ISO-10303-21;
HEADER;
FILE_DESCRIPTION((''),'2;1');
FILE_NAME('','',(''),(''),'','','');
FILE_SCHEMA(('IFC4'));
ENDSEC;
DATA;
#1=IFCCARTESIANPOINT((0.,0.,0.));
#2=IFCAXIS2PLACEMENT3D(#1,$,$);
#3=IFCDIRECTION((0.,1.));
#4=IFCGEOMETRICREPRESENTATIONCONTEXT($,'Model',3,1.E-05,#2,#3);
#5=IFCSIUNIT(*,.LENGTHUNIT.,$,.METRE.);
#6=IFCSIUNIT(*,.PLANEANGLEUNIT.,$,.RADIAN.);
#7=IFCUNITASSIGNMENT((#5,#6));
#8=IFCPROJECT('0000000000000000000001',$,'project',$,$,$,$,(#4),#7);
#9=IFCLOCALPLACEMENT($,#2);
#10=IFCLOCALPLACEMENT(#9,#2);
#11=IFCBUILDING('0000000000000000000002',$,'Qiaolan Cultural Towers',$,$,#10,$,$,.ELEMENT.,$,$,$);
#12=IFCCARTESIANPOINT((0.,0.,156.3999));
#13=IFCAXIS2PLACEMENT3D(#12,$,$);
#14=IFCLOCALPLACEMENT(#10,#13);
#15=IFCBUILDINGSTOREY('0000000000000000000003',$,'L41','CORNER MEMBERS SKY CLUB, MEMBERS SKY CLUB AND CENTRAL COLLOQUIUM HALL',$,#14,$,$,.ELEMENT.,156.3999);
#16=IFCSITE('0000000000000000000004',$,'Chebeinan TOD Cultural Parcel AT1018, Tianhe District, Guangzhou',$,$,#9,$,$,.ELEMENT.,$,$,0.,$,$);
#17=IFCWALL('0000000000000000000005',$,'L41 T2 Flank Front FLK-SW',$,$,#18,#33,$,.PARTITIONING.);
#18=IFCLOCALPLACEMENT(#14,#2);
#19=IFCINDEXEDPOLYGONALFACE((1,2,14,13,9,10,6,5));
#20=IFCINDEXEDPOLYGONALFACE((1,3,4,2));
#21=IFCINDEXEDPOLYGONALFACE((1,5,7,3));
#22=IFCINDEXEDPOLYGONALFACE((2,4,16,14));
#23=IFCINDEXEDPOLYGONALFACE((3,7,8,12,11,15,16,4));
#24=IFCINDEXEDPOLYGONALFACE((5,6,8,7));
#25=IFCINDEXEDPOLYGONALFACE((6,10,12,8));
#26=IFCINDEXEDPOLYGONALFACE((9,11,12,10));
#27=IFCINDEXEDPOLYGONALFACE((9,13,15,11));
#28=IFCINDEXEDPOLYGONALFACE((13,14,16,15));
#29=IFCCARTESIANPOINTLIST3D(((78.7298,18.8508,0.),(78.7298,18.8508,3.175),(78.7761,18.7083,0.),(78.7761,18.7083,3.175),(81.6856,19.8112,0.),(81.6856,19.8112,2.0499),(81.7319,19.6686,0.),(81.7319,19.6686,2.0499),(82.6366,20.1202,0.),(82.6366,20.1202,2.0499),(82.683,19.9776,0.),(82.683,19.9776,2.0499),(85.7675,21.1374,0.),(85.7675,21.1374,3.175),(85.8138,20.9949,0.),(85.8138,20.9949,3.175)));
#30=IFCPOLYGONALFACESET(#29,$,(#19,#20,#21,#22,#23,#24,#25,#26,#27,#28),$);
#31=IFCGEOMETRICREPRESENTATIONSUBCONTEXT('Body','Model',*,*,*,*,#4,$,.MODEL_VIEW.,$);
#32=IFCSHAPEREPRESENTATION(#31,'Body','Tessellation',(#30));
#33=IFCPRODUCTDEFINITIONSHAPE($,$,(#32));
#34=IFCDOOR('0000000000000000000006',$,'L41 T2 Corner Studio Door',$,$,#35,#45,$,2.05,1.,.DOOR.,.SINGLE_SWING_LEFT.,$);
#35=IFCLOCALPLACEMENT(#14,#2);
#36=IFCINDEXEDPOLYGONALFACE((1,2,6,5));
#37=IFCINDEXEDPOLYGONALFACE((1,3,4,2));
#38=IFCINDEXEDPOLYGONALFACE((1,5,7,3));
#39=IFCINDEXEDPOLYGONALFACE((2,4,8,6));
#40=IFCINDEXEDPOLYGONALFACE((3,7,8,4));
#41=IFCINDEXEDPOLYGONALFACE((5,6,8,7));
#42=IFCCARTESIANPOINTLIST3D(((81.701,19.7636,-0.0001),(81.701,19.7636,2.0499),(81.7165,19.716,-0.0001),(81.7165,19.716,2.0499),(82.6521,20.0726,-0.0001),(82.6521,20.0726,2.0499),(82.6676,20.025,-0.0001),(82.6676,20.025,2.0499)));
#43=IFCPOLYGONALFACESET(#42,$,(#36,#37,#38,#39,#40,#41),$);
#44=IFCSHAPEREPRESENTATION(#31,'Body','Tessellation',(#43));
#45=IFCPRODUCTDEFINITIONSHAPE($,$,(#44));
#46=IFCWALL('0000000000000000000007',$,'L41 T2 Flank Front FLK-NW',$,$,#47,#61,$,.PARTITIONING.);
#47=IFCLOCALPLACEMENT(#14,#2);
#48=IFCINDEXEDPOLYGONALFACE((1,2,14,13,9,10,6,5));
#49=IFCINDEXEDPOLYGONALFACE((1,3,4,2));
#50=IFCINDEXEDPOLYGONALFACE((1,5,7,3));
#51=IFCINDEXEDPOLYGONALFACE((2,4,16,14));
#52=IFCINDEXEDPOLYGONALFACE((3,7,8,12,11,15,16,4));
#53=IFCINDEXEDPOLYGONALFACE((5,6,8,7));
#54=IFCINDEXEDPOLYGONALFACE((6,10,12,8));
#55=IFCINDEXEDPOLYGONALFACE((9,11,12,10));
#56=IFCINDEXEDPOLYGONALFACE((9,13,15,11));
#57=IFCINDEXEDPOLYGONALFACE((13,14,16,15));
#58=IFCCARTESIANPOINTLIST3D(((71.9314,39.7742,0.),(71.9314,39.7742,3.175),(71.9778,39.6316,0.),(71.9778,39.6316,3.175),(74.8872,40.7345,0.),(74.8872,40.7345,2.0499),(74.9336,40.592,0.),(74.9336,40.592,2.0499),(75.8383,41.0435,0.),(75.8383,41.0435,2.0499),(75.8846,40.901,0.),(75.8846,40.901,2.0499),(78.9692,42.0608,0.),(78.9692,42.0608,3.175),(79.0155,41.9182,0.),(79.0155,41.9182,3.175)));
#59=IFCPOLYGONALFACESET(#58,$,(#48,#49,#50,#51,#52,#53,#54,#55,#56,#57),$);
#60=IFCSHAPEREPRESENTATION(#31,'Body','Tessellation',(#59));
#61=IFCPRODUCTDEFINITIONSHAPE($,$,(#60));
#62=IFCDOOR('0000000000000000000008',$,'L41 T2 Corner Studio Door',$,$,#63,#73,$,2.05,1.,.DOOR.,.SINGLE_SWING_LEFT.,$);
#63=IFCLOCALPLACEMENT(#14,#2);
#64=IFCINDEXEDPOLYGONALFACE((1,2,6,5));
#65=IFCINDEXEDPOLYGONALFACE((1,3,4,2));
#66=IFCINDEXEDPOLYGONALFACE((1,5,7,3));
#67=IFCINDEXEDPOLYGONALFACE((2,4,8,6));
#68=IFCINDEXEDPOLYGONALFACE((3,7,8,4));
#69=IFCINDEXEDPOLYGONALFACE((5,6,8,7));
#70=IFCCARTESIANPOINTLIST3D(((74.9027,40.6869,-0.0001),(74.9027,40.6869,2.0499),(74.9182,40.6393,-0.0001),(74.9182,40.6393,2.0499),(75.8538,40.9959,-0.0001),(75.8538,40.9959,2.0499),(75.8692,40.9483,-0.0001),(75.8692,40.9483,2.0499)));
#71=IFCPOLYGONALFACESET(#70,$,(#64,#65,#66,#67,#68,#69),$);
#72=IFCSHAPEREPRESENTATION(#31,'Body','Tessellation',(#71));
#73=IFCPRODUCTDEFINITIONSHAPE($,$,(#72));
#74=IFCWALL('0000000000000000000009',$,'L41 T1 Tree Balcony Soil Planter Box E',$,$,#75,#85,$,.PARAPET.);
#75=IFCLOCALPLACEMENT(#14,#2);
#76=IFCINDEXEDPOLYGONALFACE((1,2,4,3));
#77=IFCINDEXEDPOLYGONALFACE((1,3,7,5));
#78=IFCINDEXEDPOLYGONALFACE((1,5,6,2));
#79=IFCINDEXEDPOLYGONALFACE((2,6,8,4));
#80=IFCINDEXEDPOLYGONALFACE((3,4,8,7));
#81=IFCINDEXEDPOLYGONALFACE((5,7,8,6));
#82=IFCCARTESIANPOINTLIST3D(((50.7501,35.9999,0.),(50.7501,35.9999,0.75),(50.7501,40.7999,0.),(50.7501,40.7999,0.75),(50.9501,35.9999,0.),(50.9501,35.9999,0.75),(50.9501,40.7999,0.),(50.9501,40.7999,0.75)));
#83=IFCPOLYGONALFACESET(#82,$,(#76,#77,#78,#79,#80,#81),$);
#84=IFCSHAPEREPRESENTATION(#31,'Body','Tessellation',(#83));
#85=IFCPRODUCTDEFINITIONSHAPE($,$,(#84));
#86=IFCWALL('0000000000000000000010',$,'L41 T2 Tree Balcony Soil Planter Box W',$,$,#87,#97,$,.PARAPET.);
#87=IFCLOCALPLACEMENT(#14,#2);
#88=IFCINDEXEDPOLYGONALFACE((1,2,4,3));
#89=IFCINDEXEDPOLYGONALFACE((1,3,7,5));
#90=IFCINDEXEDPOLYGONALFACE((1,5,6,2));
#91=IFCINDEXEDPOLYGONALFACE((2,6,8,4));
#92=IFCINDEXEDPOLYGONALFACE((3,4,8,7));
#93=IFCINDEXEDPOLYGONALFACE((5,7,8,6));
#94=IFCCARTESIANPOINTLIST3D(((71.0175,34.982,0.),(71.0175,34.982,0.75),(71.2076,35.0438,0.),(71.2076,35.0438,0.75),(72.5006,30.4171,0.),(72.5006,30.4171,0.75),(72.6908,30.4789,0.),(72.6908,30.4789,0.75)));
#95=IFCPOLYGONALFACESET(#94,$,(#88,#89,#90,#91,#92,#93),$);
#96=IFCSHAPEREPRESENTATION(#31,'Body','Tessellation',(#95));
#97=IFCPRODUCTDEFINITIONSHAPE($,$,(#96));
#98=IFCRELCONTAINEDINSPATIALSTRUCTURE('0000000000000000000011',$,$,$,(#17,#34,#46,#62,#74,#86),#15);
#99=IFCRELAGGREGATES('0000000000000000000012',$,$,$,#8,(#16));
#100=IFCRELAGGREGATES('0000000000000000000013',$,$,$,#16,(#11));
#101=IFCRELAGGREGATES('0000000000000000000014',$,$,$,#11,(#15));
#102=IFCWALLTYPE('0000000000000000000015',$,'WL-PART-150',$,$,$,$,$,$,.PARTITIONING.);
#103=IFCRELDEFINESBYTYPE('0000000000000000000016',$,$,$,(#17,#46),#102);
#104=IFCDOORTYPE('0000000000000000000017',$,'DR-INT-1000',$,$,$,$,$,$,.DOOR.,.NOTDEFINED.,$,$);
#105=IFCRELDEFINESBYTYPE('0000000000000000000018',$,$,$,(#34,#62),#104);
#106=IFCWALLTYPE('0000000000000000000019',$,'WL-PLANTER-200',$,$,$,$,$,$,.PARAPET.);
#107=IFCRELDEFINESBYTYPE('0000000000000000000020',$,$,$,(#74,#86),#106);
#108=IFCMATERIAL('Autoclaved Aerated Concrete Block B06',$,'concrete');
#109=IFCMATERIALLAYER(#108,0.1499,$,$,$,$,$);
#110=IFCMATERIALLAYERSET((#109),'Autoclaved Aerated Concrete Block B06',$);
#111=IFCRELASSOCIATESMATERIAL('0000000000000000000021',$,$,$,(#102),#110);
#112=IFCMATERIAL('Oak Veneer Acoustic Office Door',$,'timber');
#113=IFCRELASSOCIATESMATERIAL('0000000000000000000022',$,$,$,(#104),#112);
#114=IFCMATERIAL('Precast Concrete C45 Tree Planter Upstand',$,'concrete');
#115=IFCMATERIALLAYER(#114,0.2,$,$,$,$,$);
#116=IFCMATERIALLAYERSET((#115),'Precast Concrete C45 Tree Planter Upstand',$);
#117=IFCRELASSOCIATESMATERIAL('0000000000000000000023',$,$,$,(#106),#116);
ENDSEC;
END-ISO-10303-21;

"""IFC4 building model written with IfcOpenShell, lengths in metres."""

from ifc_helpers import new_model, si_unit, direction, frame, frame_2d, origin, place, context, subcontext, project, spatial, rectangle, extrude, material, layer, layer_set, type_object, element, fill, save


model = new_model("IFC4")

# Units and contexts
model_context = context("Model", 3, precision=1e-05, world=origin(), true_north=direction((0.0, 1.0)))
body_context = subcontext(model_context, "Body", "Model", "MODEL_VIEW")
ifc_project = project(units=[si_unit("LENGTHUNIT", "METRE"), si_unit("PLANEANGLEUNIT", "RADIAN")], contexts=[model_context])

# Site, building, storey
site_placement = place(None, origin())
site = spatial("IfcSite", under=ifc_project, at=site_placement, Name="Chebeinan TOD Cultural Parcel AT1018, Tianhe District, Guangzhou", CompositionType="ELEMENT", RefElevation=0.0)
building_placement = place(site_placement, origin())
building = spatial("IfcBuilding", under=site, at=building_placement, Name="Qiaolan Cultural Towers", CompositionType="ELEMENT")
storey_placement = place(building_placement, frame((0.0, 0.0, 156.3999)))
storey = spatial("IfcBuildingStorey", under=building, at=storey_placement, Name="L41", Description="CORNER MEMBERS SKY CLUB, MEMBERS SKY CLUB AND CENTRAL COLLOQUIUM HALL", CompositionType="ELEMENT", Elevation=156.3999)

# Shared definitions
ifc_material_1 = material(Name="Autoclaved Aerated Concrete Block B06", Category="concrete")
ifc_layer_1 = layer(ifc_material_1, 0.1499)
ifc_layer_set_1 = layer_set([ifc_layer_1], Name="Autoclaved Aerated Concrete Block B06")
wall_type_1 = type_object("IfcWallType", Name="WL-PART-150", PredefinedType="PARTITIONING", material=ifc_layer_set_1)

# Walls, openings, doors
wall_1_placement = place(storey_placement, frame((78.7529, 18.7795, 0.0), z_axis=(0.0, 0.0, 1.0), x_axis=(0.951061, 0.309003, 0.0)))
wall_1 = element("IfcWall", 1, at=wall_1_placement, inside=storey, type_object=wall_type_1, Name="L41 T2 Flank Front FLK-SW", PredefinedType="PARTITIONING", context=body_context, shape_type="SweptSolid", body=[
    extrude(rectangle(XDim=7.3999, YDim=0.1499, at=frame_2d((3.7, 0.0))), origin(), (0.0, 0.0, 1.0), 3.175),
])
opening_1_placement = place(wall_1_placement, frame((3.1079, 0.0, 0.0)))
opening_1 = element("IfcOpeningElement", 2, at=opening_1_placement, cuts=wall_1, PredefinedType="OPENING", context=body_context, shape_type="SweptSolid", body=[
    extrude(rectangle(XDim=1.0, YDim=2.05, at=frame_2d((0.5, 1.0249))), frame((0.0, 0.085, 0.0), z_axis=(0.0, -1.0, 0.0), x_axis=(1.0, 0.0, 0.0)), (0.0, 0.0, 1.0), 0.1699),
])
ifc_material_2 = material(Name="Oak Veneer Acoustic Office Door", Category="timber")
door_type_1 = type_object("IfcDoorType", Name="DR-INT-1000", OperationType="NOTDEFINED", PredefinedType="DOOR", material=ifc_material_2)
door_1_placement = place(opening_1_placement, origin())
door_1 = element("IfcDoor", 3, at=door_1_placement, inside=storey, type_object=door_type_1, Name="L41 T2 Corner Studio Door", OperationType="SINGLE_SWING_LEFT", OverallHeight=2.05, OverallWidth=1.0, PredefinedType="DOOR", context=body_context, shape_type="SweptSolid", body=[
    extrude(rectangle(XDim=1.0, YDim=2.05, at=frame_2d((0.5, 1.0249))), frame((0.0, 0.0249, 0.0), z_axis=(0.0, -1.0, 0.0), x_axis=(1.0, 0.0, 0.0)), (0.0, 0.0, 1.0), 0.05),
])
fill(opening_1, door_1)
wall_2_placement = place(storey_placement, frame((71.9546, 39.7029, 0.0), z_axis=(0.0, 0.0, 1.0), x_axis=(0.951061, 0.309003, 0.0)))
wall_2 = element("IfcWall", 4, at=wall_2_placement, inside=storey, type_object=wall_type_1, Name="L41 T2 Flank Front FLK-NW", PredefinedType="PARTITIONING", context=body_context, shape_type="SweptSolid", body=[
    extrude(rectangle(XDim=7.3999, YDim=0.1499, at=frame_2d((3.7, 0.0))), origin(), (0.0, 0.0, 1.0), 3.175),
])
opening_2_placement = place(wall_2_placement, frame((3.1079, 0.0, 0.0)))
opening_2 = element("IfcOpeningElement", 5, at=opening_2_placement, cuts=wall_2, PredefinedType="OPENING", context=body_context, shape_type="SweptSolid", body=[
    extrude(rectangle(XDim=1.0, YDim=2.05, at=frame_2d((0.5, 1.0249))), frame((0.0, 0.085, 0.0), z_axis=(0.0, -1.0, 0.0), x_axis=(1.0, 0.0, 0.0)), (0.0, 0.0, 1.0), 0.1699),
])
door_2_placement = place(opening_2_placement, origin())
door_2 = element("IfcDoor", 6, at=door_2_placement, inside=storey, type_object=door_type_1, Name="L41 T2 Corner Studio Door", OperationType="SINGLE_SWING_LEFT", OverallHeight=2.05, OverallWidth=1.0, PredefinedType="DOOR", context=body_context, shape_type="SweptSolid", body=[
    extrude(rectangle(XDim=1.0, YDim=2.05, at=frame_2d((0.5, 1.0249))), frame((0.0, 0.0249, 0.0), z_axis=(0.0, -1.0, 0.0), x_axis=(1.0, 0.0, 0.0)), (0.0, 0.0, 1.0), 0.05),
])
fill(opening_2, door_2)

# Walls
ifc_material_3 = material(Name="Precast Concrete C45 Tree Planter Upstand", Category="concrete")
ifc_layer_2 = layer(ifc_material_3, 0.2)
ifc_layer_set_2 = layer_set([ifc_layer_2], Name="Precast Concrete C45 Tree Planter Upstand")
wall_type_2 = type_object("IfcWallType", Name="WL-PLANTER-200", PredefinedType="PARAPET", material=ifc_layer_set_2)
wall_3_placement = place(storey_placement, frame((50.8501, 36.0, 0.0), z_axis=(0.0, 0.0, 1.0), x_axis=(0.0, 1.0, 0.0)))
element("IfcWall", 7, at=wall_3_placement, inside=storey, type_object=wall_type_2, Name="L41 T1 Tree Balcony Soil Planter Box E", PredefinedType="PARAPET", context=body_context, shape_type="SweptSolid", body=[
    extrude(rectangle(XDim=4.8, YDim=0.2, at=frame_2d((2.3999, 0.0))), origin(), (0.0, 0.0, 1.0), 0.75),
])
wall_4_placement = place(storey_placement, frame((72.5957, 30.448, 0.0), z_axis=(0.0, 0.0, 1.0), x_axis=(-0.309001, 0.951062, 0.0)))
element("IfcWall", 8, at=wall_4_placement, inside=storey, type_object=wall_type_2, Name="L41 T2 Tree Balcony Soil Planter Box W", PredefinedType="PARAPET", context=body_context, shape_type="SweptSolid", body=[
    extrude(rectangle(XDim=4.7998, YDim=0.2, at=frame_2d((2.3999, 0.0))), origin(), (0.0, 0.0, 1.0), 0.75),
])

save(model, "model.ifc")
